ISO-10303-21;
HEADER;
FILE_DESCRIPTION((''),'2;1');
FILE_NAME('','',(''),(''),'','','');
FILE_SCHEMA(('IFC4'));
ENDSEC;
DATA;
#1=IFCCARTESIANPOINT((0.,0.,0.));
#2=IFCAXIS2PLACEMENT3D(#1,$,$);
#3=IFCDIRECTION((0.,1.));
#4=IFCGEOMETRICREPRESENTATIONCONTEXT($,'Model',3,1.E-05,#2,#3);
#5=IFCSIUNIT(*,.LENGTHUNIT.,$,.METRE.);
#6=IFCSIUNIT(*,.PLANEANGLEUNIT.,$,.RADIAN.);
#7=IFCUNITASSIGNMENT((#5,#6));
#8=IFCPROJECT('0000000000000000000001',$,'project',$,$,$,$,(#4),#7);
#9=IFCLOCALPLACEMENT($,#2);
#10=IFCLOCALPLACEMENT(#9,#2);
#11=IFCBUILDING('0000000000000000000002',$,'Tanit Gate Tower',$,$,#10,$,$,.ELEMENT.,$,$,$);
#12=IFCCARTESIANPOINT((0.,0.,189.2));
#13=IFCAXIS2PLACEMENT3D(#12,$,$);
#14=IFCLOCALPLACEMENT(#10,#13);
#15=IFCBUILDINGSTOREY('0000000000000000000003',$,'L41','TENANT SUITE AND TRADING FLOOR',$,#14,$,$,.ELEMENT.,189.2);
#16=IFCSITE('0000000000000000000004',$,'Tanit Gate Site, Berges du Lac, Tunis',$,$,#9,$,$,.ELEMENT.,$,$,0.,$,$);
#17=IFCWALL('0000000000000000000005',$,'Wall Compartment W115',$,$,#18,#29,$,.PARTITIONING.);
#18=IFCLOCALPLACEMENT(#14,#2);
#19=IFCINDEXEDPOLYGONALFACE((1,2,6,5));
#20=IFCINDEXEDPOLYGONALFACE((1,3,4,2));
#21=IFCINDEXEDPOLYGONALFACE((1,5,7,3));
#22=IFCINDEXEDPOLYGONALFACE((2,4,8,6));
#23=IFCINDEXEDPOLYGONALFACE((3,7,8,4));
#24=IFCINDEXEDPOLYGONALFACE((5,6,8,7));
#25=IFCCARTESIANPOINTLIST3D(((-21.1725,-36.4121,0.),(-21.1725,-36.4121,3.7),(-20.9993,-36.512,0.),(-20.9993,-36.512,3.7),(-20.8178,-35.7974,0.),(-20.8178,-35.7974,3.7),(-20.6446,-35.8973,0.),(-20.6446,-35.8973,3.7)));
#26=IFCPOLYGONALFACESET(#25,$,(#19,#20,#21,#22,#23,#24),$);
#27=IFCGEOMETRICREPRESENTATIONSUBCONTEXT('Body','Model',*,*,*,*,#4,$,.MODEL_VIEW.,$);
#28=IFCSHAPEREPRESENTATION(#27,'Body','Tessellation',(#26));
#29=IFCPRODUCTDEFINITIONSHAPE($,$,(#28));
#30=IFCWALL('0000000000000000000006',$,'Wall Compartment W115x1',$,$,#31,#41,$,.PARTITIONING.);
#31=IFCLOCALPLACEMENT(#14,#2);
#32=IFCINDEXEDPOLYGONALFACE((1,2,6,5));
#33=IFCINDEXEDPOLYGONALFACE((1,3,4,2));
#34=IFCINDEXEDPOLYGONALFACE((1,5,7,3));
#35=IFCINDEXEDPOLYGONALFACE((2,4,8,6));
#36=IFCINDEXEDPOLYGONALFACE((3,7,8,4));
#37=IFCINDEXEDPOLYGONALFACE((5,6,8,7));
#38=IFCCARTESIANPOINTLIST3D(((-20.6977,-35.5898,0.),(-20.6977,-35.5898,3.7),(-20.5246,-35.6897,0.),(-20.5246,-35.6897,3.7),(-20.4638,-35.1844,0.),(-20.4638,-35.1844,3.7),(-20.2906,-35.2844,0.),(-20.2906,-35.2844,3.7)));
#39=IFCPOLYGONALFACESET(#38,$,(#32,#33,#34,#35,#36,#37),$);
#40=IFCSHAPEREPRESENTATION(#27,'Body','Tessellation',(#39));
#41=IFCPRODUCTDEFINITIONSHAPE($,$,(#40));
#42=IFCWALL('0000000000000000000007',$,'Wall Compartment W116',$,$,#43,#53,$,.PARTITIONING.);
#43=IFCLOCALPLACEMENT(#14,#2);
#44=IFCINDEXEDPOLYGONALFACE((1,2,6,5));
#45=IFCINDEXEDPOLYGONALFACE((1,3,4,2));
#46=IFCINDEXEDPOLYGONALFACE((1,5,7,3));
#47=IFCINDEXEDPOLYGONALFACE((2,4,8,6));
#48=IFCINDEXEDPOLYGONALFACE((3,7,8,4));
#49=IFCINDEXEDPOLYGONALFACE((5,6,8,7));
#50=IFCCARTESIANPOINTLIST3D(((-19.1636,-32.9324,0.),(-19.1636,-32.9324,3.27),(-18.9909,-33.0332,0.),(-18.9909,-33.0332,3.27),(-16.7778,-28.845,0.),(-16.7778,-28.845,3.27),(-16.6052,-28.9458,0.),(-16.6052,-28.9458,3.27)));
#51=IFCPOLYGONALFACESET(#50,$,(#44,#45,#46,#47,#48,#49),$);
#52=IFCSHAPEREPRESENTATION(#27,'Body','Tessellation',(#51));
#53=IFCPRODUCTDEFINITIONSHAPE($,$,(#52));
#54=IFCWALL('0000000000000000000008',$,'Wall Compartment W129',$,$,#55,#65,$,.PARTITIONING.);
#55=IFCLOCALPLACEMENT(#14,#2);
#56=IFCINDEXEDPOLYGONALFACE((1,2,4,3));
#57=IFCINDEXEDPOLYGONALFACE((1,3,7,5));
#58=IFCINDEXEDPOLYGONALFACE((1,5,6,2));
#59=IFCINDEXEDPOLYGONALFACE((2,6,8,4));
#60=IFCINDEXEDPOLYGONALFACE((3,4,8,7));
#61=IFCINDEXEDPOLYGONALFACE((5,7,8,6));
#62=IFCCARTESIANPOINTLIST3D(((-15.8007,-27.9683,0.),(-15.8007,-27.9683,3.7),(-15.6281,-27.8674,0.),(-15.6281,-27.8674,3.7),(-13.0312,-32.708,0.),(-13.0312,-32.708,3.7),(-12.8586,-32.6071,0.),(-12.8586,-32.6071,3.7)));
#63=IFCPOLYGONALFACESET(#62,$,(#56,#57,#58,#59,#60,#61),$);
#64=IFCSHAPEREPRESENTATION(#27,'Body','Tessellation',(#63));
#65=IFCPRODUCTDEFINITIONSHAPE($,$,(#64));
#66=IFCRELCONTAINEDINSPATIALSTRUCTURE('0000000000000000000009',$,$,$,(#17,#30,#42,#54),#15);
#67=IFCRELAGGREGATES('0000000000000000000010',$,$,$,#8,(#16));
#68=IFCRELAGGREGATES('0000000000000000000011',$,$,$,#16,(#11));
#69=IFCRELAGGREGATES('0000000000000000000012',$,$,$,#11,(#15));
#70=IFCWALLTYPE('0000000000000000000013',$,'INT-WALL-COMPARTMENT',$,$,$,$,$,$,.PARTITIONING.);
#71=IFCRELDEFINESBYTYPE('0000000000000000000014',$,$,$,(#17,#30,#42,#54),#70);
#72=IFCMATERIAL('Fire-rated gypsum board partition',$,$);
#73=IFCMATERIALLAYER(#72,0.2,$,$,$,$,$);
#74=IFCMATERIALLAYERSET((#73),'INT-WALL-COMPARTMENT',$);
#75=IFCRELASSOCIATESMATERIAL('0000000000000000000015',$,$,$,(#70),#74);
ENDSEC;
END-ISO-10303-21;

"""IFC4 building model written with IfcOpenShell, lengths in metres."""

from ifc_helpers import new_model, si_unit, direction, frame, frame_2d, origin, place, context, subcontext, project, spatial, rectangle, extrude, material, layer, layer_set, type_object, element, save


model = new_model("IFC4")

# Units and contexts
model_context = context("Model", 3, precision=1e-05, world=origin(), true_north=direction((0.0, 1.0)))
body_context = subcontext(model_context, "Body", "Model", "MODEL_VIEW")
ifc_project = project(units=[si_unit("LENGTHUNIT", "METRE"), si_unit("PLANEANGLEUNIT", "RADIAN")], contexts=[model_context])

# Site, building, storey
site_placement = place(None, origin())
site = spatial("IfcSite", under=ifc_project, at=site_placement, Name="Tanit Gate Site, Berges du Lac, Tunis", CompositionType="ELEMENT", RefElevation=0.0)
building_placement = place(site_placement, origin())
building = spatial("IfcBuilding", under=site, at=building_placement, Name="Tanit Gate Tower", CompositionType="ELEMENT")
storey_placement = place(building_placement, frame((0.0, 0.0, 189.2)))
storey = spatial("IfcBuildingStorey", under=building, at=storey_placement, Name="L41", Description="TENANT SUITE AND TRADING FLOOR", CompositionType="ELEMENT", Elevation=189.2)

# Walls
ifc_material_1 = material(Name="Fire-rated gypsum board partition")
ifc_layer_1 = layer(ifc_material_1, 0.2)
ifc_layer_set_1 = layer_set([ifc_layer_1], Name="INT-WALL-COMPARTMENT")
wall_type_1 = type_object("IfcWallType", Name="INT-WALL-COMPARTMENT", PredefinedType="PARTITIONING", material=ifc_layer_set_1)
wall_1_placement = place(storey_placement, frame((-21.0859, -36.4622, 0.0), z_axis=(0.0, 0.0, 1.0), x_axis=(0.499802, 0.86614, 0.0)))
element("IfcWall", 1, at=wall_1_placement, inside=storey, type_object=wall_type_1, Name="Wall Compartment W115", PredefinedType="PARTITIONING", context=body_context, shape_type="SweptSolid", body=[
    extrude(rectangle(XDim=0.7097, YDim=0.2, at=frame_2d((0.355, 0.0))), origin(), (0.0, 0.0, 1.0), 3.7),
])
wall_2_placement = place(storey_placement, frame((-20.6111, -35.6396, 0.0), z_axis=(0.0, 0.0, 1.0), x_axis=(0.499843, 0.866116, 0.0)))
element("IfcWall", 2, at=wall_2_placement, inside=storey, type_object=wall_type_1, Name="Wall Compartment W115x1", PredefinedType="PARTITIONING", context=body_context, shape_type="SweptSolid", body=[
    extrude(rectangle(XDim=0.468, YDim=0.2, at=frame_2d((0.2339, 0.0))), origin(), (0.0, 0.0, 1.0), 3.7),
])
wall_3_placement = place(storey_placement, frame((-19.0771, -32.9827, 0.0), z_axis=(0.0, 0.0, 1.0), x_axis=(0.504096, 0.863648, 0.0)))
element("IfcWall", 3, at=wall_3_placement, inside=storey, type_object=wall_type_1, Name="Wall Compartment W116", PredefinedType="PARTITIONING", context=body_context, shape_type="SweptSolid", body=[
    extrude(rectangle(XDim=4.7327, YDim=0.2, at=frame_2d((2.3662, 0.0))), origin(), (0.0, 0.0, 1.0), 3.27),
])
wall_4_placement = place(storey_placement, frame((-15.7144, -27.918, 0.0), z_axis=(0.0, 0.0, 1.0), x_axis=(0.504507, -0.863408, 0.0)))
element("IfcWall", 4, at=wall_4_placement, inside=storey, type_object=wall_type_1, Name="Wall Compartment W129", PredefinedType="PARTITIONING", context=body_context, shape_type="SweptSolid", body=[
    extrude(rectangle(XDim=5.4895, YDim=0.2, at=frame_2d((2.7446, 0.0))), origin(), (0.0, 0.0, 1.0), 3.7),
])

save(model, "model.ifc")
